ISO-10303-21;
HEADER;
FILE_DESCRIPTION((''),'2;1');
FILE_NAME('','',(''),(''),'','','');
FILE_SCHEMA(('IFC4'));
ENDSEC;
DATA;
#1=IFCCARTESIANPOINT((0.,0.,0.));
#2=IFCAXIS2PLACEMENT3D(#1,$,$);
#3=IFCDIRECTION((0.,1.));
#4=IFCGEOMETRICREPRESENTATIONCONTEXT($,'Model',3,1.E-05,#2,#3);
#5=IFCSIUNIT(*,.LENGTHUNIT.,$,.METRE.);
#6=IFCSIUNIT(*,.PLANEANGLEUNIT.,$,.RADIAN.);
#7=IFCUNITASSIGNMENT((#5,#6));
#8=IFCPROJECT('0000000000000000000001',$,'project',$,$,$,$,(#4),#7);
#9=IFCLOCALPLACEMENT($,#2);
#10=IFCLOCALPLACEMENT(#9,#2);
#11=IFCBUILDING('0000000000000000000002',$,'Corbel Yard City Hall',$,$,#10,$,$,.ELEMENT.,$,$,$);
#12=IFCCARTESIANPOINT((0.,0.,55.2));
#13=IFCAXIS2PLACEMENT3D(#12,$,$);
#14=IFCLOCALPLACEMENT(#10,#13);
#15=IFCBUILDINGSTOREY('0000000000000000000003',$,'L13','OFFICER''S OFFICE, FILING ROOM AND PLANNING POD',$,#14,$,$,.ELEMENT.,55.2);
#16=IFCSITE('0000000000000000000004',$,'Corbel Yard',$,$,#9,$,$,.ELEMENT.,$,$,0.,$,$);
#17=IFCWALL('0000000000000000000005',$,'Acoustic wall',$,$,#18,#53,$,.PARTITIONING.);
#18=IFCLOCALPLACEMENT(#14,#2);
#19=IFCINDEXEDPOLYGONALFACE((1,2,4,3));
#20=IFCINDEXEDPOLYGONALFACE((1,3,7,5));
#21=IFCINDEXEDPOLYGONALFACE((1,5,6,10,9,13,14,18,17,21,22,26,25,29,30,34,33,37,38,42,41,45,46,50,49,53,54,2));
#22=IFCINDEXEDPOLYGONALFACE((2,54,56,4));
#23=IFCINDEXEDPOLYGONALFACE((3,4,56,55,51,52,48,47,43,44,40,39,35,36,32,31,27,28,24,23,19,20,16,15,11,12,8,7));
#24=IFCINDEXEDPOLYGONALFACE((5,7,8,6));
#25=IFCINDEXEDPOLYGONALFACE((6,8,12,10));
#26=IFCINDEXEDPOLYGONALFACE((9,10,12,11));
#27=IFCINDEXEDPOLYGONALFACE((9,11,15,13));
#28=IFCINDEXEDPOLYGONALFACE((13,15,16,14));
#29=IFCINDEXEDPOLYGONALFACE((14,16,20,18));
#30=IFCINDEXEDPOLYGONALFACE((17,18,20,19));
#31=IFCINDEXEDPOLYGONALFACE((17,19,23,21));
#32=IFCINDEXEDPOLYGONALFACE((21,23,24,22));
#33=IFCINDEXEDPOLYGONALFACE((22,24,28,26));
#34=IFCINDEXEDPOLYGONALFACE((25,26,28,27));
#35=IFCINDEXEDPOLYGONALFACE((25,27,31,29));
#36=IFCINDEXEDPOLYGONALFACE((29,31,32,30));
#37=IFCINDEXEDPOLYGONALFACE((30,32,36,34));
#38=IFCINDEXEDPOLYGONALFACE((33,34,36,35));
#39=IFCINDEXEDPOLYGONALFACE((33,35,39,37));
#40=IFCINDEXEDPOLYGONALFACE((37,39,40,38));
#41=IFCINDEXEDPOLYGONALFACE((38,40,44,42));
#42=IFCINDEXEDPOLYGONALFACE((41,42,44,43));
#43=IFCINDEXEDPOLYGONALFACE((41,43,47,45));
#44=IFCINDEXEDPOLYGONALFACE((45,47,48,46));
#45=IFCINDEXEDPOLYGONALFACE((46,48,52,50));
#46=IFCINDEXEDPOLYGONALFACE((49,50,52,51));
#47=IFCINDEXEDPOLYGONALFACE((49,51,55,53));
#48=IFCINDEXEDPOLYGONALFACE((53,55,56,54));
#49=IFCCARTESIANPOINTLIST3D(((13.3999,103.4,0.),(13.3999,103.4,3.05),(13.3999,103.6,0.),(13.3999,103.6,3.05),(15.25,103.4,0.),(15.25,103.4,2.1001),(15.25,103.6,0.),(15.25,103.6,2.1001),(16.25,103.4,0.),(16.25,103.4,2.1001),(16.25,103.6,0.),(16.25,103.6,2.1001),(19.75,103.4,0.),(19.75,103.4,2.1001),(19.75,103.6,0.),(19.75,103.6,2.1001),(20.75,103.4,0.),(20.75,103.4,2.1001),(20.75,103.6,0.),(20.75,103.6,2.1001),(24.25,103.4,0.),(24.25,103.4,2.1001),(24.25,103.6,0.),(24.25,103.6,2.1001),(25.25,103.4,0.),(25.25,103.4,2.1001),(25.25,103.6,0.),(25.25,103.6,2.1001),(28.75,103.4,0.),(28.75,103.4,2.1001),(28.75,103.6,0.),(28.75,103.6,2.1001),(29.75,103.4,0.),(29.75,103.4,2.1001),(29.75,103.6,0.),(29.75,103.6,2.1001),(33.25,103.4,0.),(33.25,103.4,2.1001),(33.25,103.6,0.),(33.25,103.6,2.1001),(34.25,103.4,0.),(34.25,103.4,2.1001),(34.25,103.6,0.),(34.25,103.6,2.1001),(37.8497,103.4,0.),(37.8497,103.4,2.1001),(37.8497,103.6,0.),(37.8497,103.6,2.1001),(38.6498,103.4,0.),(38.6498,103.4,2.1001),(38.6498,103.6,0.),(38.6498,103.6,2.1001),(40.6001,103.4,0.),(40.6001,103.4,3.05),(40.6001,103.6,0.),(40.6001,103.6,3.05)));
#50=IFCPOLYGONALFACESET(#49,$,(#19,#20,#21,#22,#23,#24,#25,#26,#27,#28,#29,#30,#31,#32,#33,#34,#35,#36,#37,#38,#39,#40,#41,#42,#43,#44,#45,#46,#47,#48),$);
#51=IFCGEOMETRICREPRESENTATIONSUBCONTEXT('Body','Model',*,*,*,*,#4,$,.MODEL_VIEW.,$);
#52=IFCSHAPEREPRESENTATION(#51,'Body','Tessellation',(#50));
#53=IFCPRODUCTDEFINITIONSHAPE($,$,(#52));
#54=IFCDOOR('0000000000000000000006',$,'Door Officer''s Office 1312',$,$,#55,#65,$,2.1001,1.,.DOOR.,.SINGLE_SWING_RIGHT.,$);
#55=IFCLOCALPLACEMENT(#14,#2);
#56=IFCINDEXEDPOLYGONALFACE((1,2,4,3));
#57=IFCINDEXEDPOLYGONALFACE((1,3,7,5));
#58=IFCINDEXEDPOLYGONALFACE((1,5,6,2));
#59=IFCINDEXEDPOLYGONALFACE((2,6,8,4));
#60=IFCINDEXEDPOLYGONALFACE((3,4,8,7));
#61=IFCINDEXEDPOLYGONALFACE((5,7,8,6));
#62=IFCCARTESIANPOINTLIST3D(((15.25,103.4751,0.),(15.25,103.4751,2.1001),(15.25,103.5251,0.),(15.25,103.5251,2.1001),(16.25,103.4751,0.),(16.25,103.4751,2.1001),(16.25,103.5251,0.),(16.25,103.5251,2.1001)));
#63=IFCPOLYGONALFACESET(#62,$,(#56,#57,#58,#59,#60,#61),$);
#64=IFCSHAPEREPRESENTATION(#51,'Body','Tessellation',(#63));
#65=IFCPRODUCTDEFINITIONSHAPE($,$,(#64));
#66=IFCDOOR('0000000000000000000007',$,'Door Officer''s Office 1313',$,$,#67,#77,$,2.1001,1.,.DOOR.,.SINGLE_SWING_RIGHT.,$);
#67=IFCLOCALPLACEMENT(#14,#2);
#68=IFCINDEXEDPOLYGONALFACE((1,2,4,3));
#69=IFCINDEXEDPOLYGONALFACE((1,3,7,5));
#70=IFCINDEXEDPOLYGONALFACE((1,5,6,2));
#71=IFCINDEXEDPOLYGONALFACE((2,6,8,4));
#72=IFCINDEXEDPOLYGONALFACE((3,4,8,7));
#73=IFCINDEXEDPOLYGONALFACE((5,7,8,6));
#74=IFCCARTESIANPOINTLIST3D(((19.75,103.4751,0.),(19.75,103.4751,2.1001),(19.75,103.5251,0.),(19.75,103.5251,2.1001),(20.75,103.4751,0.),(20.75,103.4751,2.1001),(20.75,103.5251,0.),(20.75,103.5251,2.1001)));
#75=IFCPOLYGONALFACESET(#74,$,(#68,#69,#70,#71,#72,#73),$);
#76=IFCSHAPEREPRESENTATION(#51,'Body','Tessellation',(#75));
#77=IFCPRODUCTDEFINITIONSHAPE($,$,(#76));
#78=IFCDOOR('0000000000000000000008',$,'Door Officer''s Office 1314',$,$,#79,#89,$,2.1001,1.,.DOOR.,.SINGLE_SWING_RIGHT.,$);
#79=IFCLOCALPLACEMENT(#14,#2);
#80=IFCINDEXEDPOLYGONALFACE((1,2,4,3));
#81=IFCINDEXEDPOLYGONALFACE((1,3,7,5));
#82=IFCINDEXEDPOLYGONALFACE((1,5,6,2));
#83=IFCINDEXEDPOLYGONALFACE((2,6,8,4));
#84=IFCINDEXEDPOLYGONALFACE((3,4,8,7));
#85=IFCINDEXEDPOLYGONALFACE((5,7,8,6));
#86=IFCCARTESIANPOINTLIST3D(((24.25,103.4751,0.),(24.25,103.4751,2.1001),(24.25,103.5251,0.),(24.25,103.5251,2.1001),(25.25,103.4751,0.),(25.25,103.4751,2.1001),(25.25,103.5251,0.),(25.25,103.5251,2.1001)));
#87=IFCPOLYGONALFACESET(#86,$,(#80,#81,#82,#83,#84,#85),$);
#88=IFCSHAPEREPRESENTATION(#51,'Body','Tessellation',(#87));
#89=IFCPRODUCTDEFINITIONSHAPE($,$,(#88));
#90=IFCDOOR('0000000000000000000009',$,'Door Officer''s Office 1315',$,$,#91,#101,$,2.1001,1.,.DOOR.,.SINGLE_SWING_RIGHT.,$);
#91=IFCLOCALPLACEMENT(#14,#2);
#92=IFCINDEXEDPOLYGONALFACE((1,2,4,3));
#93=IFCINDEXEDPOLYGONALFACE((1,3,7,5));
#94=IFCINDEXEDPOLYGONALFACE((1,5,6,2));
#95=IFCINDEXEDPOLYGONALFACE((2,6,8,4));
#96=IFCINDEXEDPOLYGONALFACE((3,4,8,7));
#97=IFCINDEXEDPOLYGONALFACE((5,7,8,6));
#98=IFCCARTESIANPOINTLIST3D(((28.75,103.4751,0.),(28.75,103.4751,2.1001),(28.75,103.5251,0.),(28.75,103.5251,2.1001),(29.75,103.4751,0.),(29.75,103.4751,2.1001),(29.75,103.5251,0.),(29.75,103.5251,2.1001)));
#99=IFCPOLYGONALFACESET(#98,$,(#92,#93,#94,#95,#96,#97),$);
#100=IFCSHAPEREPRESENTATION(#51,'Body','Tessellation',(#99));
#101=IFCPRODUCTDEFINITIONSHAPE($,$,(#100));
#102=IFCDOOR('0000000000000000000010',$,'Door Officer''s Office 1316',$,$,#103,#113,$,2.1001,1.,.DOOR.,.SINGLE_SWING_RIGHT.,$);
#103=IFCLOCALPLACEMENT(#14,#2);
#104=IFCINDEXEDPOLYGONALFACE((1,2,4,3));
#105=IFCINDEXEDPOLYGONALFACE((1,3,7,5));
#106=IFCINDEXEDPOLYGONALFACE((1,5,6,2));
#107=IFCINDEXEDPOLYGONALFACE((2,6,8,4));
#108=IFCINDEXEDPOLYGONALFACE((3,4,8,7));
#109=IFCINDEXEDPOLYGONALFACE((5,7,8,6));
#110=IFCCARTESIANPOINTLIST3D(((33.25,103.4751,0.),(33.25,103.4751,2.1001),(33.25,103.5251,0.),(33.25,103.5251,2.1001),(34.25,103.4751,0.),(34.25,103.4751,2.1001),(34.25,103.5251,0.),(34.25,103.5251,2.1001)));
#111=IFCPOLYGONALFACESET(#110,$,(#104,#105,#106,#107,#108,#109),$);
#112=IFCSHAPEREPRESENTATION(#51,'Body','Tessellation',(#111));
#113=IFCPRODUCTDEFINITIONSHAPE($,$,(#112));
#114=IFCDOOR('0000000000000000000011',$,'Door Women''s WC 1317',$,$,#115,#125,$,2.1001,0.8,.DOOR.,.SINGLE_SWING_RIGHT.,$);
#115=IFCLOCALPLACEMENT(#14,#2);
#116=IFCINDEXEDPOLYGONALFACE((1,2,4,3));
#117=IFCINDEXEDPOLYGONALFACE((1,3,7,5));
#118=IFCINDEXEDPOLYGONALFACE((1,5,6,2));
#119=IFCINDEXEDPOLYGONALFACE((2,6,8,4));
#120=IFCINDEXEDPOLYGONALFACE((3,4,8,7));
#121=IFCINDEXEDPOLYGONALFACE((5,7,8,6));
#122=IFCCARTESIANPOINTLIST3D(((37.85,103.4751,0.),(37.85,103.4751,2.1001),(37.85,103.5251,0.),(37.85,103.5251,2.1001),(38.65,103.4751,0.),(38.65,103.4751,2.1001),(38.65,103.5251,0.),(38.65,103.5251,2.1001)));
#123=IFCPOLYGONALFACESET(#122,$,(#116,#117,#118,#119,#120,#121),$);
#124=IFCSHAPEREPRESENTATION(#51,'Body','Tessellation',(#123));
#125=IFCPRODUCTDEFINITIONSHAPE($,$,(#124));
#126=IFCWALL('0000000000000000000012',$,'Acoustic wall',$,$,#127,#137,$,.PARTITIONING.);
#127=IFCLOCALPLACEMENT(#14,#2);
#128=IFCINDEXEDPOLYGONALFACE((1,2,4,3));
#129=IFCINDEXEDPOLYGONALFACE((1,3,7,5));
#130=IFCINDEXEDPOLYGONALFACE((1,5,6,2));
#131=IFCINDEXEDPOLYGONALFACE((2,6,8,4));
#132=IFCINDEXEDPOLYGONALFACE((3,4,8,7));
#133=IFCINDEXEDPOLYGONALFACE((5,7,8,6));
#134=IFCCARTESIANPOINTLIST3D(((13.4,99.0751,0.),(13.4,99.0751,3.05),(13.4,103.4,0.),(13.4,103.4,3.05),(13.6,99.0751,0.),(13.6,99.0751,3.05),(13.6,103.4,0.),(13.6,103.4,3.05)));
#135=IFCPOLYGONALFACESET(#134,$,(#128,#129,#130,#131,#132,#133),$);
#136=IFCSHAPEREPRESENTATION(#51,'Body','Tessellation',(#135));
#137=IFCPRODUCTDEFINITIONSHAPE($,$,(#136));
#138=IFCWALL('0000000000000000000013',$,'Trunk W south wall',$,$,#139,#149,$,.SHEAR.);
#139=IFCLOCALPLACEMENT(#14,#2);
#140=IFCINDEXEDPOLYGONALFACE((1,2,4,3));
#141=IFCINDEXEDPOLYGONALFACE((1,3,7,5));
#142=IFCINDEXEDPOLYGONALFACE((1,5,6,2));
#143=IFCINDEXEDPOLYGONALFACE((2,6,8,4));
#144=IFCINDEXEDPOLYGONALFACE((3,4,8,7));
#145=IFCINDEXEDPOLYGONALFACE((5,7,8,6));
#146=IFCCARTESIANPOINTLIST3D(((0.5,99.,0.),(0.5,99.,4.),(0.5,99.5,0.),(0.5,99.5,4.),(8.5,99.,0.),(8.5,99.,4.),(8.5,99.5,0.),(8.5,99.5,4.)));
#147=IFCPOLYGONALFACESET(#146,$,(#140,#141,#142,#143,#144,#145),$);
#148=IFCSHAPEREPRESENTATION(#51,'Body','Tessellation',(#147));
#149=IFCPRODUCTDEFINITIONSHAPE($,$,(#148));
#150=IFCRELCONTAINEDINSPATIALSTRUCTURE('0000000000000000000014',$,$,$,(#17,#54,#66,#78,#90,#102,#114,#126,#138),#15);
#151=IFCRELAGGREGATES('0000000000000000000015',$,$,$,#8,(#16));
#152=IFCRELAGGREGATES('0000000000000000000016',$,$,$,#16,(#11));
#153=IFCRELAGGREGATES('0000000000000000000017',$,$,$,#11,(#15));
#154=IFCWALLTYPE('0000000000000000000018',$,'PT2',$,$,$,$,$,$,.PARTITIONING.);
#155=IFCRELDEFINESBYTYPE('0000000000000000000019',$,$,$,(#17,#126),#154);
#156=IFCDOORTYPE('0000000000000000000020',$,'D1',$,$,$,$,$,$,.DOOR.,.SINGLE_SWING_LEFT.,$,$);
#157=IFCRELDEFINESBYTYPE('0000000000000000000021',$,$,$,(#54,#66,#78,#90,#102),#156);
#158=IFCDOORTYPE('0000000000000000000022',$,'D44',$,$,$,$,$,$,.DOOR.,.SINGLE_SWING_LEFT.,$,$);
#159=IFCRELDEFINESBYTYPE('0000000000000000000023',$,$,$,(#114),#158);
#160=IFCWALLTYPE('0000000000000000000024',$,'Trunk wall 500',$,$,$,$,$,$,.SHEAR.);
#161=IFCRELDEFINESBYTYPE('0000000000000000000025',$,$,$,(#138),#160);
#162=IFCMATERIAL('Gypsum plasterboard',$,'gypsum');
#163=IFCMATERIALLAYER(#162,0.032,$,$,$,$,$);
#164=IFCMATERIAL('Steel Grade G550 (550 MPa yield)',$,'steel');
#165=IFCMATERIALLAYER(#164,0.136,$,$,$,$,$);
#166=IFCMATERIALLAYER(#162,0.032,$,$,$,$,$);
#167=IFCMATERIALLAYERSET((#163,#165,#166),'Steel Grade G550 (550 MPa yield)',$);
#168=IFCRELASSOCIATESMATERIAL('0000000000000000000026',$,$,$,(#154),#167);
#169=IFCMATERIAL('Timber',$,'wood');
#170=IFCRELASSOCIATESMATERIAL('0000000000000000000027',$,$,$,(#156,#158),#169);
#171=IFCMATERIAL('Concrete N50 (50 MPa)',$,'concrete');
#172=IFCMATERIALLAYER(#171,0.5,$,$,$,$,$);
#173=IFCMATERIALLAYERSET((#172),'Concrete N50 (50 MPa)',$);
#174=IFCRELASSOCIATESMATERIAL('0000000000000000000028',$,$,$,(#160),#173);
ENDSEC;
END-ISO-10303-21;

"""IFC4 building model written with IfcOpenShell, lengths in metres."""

from ifc_helpers import new_model, si_unit, direction, frame, frame_2d, origin, place, context, subcontext, project, spatial, rectangle, extrude, material, layer, layer_set, type_object, element, fill, save


model = new_model("IFC4")

# Units and contexts
model_context = context("Model", 3, precision=1e-05, world=origin(), true_north=direction((0.0, 1.0)))
body_context = subcontext(model_context, "Body", "Model", "MODEL_VIEW")
ifc_project = project(units=[si_unit("LENGTHUNIT", "METRE"), si_unit("PLANEANGLEUNIT", "RADIAN")], contexts=[model_context])

# Site, building, storey
site_placement = place(None, origin())
site = spatial("IfcSite", under=ifc_project, at=site_placement, Name="Corbel Yard", CompositionType="ELEMENT", RefElevation=0.0)
building_placement = place(site_placement, origin())
building = spatial("IfcBuilding", under=site, at=building_placement, Name="Corbel Yard City Hall", CompositionType="ELEMENT")
storey_placement = place(building_placement, frame((0.0, 0.0, 55.2)))
storey = spatial("IfcBuildingStorey", under=building, at=storey_placement, Name="L13", Description="OFFICER'S OFFICE, FILING ROOM AND PLANNING POD", CompositionType="ELEMENT", Elevation=55.2)

# Shared definitions
ifc_material_1 = material(Name="Gypsum plasterboard", Category="gypsum")
ifc_material_2 = material(Name="Steel Grade G550 (550 MPa yield)", Category="steel")

# Wall, openings, doors
ifc_layer_1 = layer(ifc_material_1, 0.032)
ifc_layer_2 = layer(ifc_material_2, 0.136)
ifc_layer_3 = layer(ifc_material_1, 0.032)
ifc_layer_set_1 = layer_set([ifc_layer_1, ifc_layer_2, ifc_layer_3], Name="Steel Grade G550 (550 MPa yield)")
wall_type_1 = type_object("IfcWallType", Name="PT2", PredefinedType="PARTITIONING", material=ifc_layer_set_1)
wall_1_placement = place(storey_placement, frame((13.3999, 103.5, 0.0), z_axis=(0.0, 0.0, 1.0), x_axis=(1.0, 0.0, 0.0)))
wall_1 = element("IfcWall", 1, at=wall_1_placement, inside=storey, type_object=wall_type_1, Name="Acoustic wall", PredefinedType="PARTITIONING", context=body_context, shape_type="SweptSolid", body=[
    extrude(rectangle(XDim=27.2002, YDim=0.2, at=frame_2d((13.6001, 0.0))), origin(), (0.0, 0.0, 1.0), 3.05),
])
opening_1_placement = place(wall_1_placement, frame((1.8501, 0.0, 0.0)))
opening_1 = element("IfcOpeningElement", 2, at=opening_1_placement, cuts=wall_1, PredefinedType="OPENING", context=body_context, shape_type="SweptSolid", body=[
    extrude(rectangle(XDim=1.0, YDim=2.1001, at=frame_2d((0.5, 1.05))), frame((0.0, 0.1099, 0.0), z_axis=(0.0, -1.0, 0.0), x_axis=(1.0, 0.0, 0.0)), (0.0, 0.0, 1.0), 0.22),
])
opening_2_placement = place(wall_1_placement, frame((6.3501, 0.0, 0.0)))
opening_2 = element("IfcOpeningElement", 3, at=opening_2_placement, cuts=wall_1, PredefinedType="OPENING", context=body_context, shape_type="SweptSolid", body=[
    extrude(rectangle(XDim=1.0, YDim=2.1001, at=frame_2d((0.5, 1.05))), frame((0.0, 0.1099, 0.0), z_axis=(0.0, -1.0, 0.0), x_axis=(1.0, 0.0, 0.0)), (0.0, 0.0, 1.0), 0.22),
])
opening_3_placement = place(wall_1_placement, frame((10.8501, 0.0, 0.0)))
opening_3 = element("IfcOpeningElement", 4, at=opening_3_placement, cuts=wall_1, PredefinedType="OPENING", context=body_context, shape_type="SweptSolid", body=[
    extrude(rectangle(XDim=1.0, YDim=2.1001, at=frame_2d((0.5, 1.05))), frame((0.0, 0.1099, 0.0), z_axis=(0.0, -1.0, 0.0), x_axis=(1.0, 0.0, 0.0)), (0.0, 0.0, 1.0), 0.22),
])
opening_4_placement = place(wall_1_placement, frame((15.3501, 0.0, 0.0)))
opening_4 = element("IfcOpeningElement", 5, at=opening_4_placement, cuts=wall_1, PredefinedType="OPENING", context=body_context, shape_type="SweptSolid", body=[
    extrude(rectangle(XDim=1.0, YDim=2.1001, at=frame_2d((0.5, 1.05))), frame((0.0, 0.1099, 0.0), z_axis=(0.0, -1.0, 0.0), x_axis=(1.0, 0.0, 0.0)), (0.0, 0.0, 1.0), 0.22),
])
opening_5_placement = place(wall_1_placement, frame((19.8501, 0.0, 0.0)))
opening_5 = element("IfcOpeningElement", 6, at=opening_5_placement, cuts=wall_1, PredefinedType="OPENING", context=body_context, shape_type="SweptSolid", body=[
    extrude(rectangle(XDim=1.0, YDim=2.1001, at=frame_2d((0.5, 1.05))), frame((0.0, 0.1099, 0.0), z_axis=(0.0, -1.0, 0.0), x_axis=(1.0, 0.0, 0.0)), (0.0, 0.0, 1.0), 0.22),
])
opening_6_placement = place(wall_1_placement, frame((24.45, 0.0, 0.0)))
opening_6 = element("IfcOpeningElement", 7, at=opening_6_placement, cuts=wall_1, PredefinedType="OPENING", context=body_context, shape_type="SweptSolid", body=[
    extrude(rectangle(XDim=0.8, YDim=2.1001, at=frame_2d((0.3999, 1.05))), frame((0.0, 0.1099, 0.0), z_axis=(0.0, -1.0, 0.0), x_axis=(1.0, 0.0, 0.0)), (0.0, 0.0, 1.0), 0.22),
])
ifc_material_3 = material(Name="Timber", Category="wood")
door_type_1 = type_object("IfcDoorType", Name="D1", OperationType="SINGLE_SWING_LEFT", PredefinedType="DOOR", material=ifc_material_3)
door_1_placement = place(opening_1_placement, frame((1.0, 0.0, 0.0), z_axis=(0.0, 0.0, 1.0), x_axis=(-1.0, 0.0, 0.0)))
door_1 = element("IfcDoor", 8, at=door_1_placement, inside=storey, type_object=door_type_1, Name="Door Officer's Office 1312", OperationType="SINGLE_SWING_RIGHT", OverallHeight=2.1001, OverallWidth=1.0, PredefinedType="DOOR", context=body_context, shape_type="SweptSolid", body=[
    extrude(rectangle(XDim=1.0, YDim=2.1001, at=frame_2d((0.5, 1.05))), frame((0.0, 0.0249, 0.0), z_axis=(0.0, -1.0, 0.0), x_axis=(1.0, 0.0, 0.0)), (0.0, 0.0, 1.0), 0.05),
])
fill(opening_1, door_1)
door_2_placement = place(opening_2_placement, frame((1.0, 0.0, 0.0), z_axis=(0.0, 0.0, 1.0), x_axis=(-1.0, 0.0, 0.0)))
door_2 = element("IfcDoor", 9, at=door_2_placement, inside=storey, type_object=door_type_1, Name="Door Officer's Office 1313", OperationType="SINGLE_SWING_RIGHT", OverallHeight=2.1001, OverallWidth=1.0, PredefinedType="DOOR", context=body_context, shape_type="SweptSolid", body=[
    extrude(rectangle(XDim=1.0, YDim=2.1001, at=frame_2d((0.5, 1.05))), frame((0.0, 0.0249, 0.0), z_axis=(0.0, -1.0, 0.0), x_axis=(1.0, 0.0, 0.0)), (0.0, 0.0, 1.0), 0.05),
])
fill(opening_2, door_2)
door_3_placement = place(opening_3_placement, frame((1.0, 0.0, 0.0), z_axis=(0.0, 0.0, 1.0), x_axis=(-1.0, 0.0, 0.0)))
door_3 = element("IfcDoor", 10, at=door_3_placement, inside=storey, type_object=door_type_1, Name="Door Officer's Office 1314", OperationType="SINGLE_SWING_RIGHT", OverallHeight=2.1001, OverallWidth=1.0, PredefinedType="DOOR", context=body_context, shape_type="SweptSolid", body=[
    extrude(rectangle(XDim=1.0, YDim=2.1001, at=frame_2d((0.5, 1.05))), frame((0.0, 0.0249, 0.0), z_axis=(0.0, -1.0, 0.0), x_axis=(1.0, 0.0, 0.0)), (0.0, 0.0, 1.0), 0.05),
])
fill(opening_3, door_3)
door_4_placement = place(opening_4_placement, frame((1.0, 0.0, 0.0), z_axis=(0.0, 0.0, 1.0), x_axis=(-1.0, 0.0, 0.0)))
door_4 = element("IfcDoor", 11, at=door_4_placement, inside=storey, type_object=door_type_1, Name="Door Officer's Office 1315", OperationType="SINGLE_SWING_RIGHT", OverallHeight=2.1001, OverallWidth=1.0, PredefinedType="DOOR", context=body_context, shape_type="SweptSolid", body=[
    extrude(rectangle(XDim=1.0, YDim=2.1001, at=frame_2d((0.5, 1.05))), frame((0.0, 0.0249, 0.0), z_axis=(0.0, -1.0, 0.0), x_axis=(1.0, 0.0, 0.0)), (0.0, 0.0, 1.0), 0.05),
])
fill(opening_4, door_4)
door_5_placement = place(opening_5_placement, frame((1.0, 0.0, 0.0), z_axis=(0.0, 0.0, 1.0), x_axis=(-1.0, 0.0, 0.0)))
door_5 = element("IfcDoor", 12, at=door_5_placement, inside=storey, type_object=door_type_1, Name="Door Officer's Office 1316", OperationType="SINGLE_SWING_RIGHT", OverallHeight=2.1001, OverallWidth=1.0, PredefinedType="DOOR", context=body_context, shape_type="SweptSolid", body=[
    extrude(rectangle(XDim=1.0, YDim=2.1001, at=frame_2d((0.5, 1.05))), frame((0.0, 0.0249, 0.0), z_axis=(0.0, -1.0, 0.0), x_axis=(1.0, 0.0, 0.0)), (0.0, 0.0, 1.0), 0.05),
])
fill(opening_5, door_5)
door_type_2 = type_object("IfcDoorType", Name="D44", OperationType="SINGLE_SWING_LEFT", PredefinedType="DOOR", material=ifc_material_3)
door_6_placement = place(opening_6_placement, frame((0.8, 0.0, 0.0), z_axis=(0.0, 0.0, 1.0), x_axis=(-1.0, 0.0, 0.0)))
door_6 = element("IfcDoor", 13, at=door_6_placement, inside=storey, type_object=door_type_2, Name="Door Women's WC 1317", OperationType="SINGLE_SWING_RIGHT", OverallHeight=2.1001, OverallWidth=0.8, PredefinedType="DOOR", context=body_context, shape_type="SweptSolid", body=[
    extrude(rectangle(XDim=0.8, YDim=2.1001, at=frame_2d((0.3999, 1.05))), frame((0.0, 0.0249, 0.0), z_axis=(0.0, -1.0, 0.0), x_axis=(1.0, 0.0, 0.0)), (0.0, 0.0, 1.0), 0.05),
])
fill(opening_6, door_6)

# Walls
wall_2_placement = place(storey_placement, frame((13.5, 99.075, 0.0), z_axis=(0.0, 0.0, 1.0), x_axis=(0.0, 1.0, 0.0)))
element("IfcWall", 14, at=wall_2_placement, inside=storey, type_object=wall_type_1, Name="Acoustic wall", PredefinedType="PARTITIONING", context=body_context, shape_type="SweptSolid", body=[
    extrude(rectangle(XDim=4.325, YDim=0.2, at=frame_2d((2.1626, 0.0))), origin(), (0.0, 0.0, 1.0), 3.05),
])
ifc_material_4 = material(Name="Concrete N50 (50 MPa)", Category="concrete")
ifc_layer_4 = layer(ifc_material_4, 0.5)
ifc_layer_set_2 = layer_set([ifc_layer_4], Name="Concrete N50 (50 MPa)")
wall_type_2 = type_object("IfcWallType", Name="Trunk wall 500", PredefinedType="SHEAR", material=ifc_layer_set_2)
wall_3_placement = place(storey_placement, frame((0.5, 99.25, 0.0), z_axis=(0.0, 0.0, 1.0), x_axis=(1.0, 0.0, 0.0)))
element("IfcWall", 15, at=wall_3_placement, inside=storey, type_object=wall_type_2, Name="Trunk W south wall", PredefinedType="SHEAR", context=body_context, shape_type="SweptSolid", body=[
    extrude(rectangle(XDim=8.0, YDim=0.5, at=frame_2d((4.0, 0.0))), origin(), (0.0, 0.0, 1.0), 4.0),
])

save(model, "model.ifc")
